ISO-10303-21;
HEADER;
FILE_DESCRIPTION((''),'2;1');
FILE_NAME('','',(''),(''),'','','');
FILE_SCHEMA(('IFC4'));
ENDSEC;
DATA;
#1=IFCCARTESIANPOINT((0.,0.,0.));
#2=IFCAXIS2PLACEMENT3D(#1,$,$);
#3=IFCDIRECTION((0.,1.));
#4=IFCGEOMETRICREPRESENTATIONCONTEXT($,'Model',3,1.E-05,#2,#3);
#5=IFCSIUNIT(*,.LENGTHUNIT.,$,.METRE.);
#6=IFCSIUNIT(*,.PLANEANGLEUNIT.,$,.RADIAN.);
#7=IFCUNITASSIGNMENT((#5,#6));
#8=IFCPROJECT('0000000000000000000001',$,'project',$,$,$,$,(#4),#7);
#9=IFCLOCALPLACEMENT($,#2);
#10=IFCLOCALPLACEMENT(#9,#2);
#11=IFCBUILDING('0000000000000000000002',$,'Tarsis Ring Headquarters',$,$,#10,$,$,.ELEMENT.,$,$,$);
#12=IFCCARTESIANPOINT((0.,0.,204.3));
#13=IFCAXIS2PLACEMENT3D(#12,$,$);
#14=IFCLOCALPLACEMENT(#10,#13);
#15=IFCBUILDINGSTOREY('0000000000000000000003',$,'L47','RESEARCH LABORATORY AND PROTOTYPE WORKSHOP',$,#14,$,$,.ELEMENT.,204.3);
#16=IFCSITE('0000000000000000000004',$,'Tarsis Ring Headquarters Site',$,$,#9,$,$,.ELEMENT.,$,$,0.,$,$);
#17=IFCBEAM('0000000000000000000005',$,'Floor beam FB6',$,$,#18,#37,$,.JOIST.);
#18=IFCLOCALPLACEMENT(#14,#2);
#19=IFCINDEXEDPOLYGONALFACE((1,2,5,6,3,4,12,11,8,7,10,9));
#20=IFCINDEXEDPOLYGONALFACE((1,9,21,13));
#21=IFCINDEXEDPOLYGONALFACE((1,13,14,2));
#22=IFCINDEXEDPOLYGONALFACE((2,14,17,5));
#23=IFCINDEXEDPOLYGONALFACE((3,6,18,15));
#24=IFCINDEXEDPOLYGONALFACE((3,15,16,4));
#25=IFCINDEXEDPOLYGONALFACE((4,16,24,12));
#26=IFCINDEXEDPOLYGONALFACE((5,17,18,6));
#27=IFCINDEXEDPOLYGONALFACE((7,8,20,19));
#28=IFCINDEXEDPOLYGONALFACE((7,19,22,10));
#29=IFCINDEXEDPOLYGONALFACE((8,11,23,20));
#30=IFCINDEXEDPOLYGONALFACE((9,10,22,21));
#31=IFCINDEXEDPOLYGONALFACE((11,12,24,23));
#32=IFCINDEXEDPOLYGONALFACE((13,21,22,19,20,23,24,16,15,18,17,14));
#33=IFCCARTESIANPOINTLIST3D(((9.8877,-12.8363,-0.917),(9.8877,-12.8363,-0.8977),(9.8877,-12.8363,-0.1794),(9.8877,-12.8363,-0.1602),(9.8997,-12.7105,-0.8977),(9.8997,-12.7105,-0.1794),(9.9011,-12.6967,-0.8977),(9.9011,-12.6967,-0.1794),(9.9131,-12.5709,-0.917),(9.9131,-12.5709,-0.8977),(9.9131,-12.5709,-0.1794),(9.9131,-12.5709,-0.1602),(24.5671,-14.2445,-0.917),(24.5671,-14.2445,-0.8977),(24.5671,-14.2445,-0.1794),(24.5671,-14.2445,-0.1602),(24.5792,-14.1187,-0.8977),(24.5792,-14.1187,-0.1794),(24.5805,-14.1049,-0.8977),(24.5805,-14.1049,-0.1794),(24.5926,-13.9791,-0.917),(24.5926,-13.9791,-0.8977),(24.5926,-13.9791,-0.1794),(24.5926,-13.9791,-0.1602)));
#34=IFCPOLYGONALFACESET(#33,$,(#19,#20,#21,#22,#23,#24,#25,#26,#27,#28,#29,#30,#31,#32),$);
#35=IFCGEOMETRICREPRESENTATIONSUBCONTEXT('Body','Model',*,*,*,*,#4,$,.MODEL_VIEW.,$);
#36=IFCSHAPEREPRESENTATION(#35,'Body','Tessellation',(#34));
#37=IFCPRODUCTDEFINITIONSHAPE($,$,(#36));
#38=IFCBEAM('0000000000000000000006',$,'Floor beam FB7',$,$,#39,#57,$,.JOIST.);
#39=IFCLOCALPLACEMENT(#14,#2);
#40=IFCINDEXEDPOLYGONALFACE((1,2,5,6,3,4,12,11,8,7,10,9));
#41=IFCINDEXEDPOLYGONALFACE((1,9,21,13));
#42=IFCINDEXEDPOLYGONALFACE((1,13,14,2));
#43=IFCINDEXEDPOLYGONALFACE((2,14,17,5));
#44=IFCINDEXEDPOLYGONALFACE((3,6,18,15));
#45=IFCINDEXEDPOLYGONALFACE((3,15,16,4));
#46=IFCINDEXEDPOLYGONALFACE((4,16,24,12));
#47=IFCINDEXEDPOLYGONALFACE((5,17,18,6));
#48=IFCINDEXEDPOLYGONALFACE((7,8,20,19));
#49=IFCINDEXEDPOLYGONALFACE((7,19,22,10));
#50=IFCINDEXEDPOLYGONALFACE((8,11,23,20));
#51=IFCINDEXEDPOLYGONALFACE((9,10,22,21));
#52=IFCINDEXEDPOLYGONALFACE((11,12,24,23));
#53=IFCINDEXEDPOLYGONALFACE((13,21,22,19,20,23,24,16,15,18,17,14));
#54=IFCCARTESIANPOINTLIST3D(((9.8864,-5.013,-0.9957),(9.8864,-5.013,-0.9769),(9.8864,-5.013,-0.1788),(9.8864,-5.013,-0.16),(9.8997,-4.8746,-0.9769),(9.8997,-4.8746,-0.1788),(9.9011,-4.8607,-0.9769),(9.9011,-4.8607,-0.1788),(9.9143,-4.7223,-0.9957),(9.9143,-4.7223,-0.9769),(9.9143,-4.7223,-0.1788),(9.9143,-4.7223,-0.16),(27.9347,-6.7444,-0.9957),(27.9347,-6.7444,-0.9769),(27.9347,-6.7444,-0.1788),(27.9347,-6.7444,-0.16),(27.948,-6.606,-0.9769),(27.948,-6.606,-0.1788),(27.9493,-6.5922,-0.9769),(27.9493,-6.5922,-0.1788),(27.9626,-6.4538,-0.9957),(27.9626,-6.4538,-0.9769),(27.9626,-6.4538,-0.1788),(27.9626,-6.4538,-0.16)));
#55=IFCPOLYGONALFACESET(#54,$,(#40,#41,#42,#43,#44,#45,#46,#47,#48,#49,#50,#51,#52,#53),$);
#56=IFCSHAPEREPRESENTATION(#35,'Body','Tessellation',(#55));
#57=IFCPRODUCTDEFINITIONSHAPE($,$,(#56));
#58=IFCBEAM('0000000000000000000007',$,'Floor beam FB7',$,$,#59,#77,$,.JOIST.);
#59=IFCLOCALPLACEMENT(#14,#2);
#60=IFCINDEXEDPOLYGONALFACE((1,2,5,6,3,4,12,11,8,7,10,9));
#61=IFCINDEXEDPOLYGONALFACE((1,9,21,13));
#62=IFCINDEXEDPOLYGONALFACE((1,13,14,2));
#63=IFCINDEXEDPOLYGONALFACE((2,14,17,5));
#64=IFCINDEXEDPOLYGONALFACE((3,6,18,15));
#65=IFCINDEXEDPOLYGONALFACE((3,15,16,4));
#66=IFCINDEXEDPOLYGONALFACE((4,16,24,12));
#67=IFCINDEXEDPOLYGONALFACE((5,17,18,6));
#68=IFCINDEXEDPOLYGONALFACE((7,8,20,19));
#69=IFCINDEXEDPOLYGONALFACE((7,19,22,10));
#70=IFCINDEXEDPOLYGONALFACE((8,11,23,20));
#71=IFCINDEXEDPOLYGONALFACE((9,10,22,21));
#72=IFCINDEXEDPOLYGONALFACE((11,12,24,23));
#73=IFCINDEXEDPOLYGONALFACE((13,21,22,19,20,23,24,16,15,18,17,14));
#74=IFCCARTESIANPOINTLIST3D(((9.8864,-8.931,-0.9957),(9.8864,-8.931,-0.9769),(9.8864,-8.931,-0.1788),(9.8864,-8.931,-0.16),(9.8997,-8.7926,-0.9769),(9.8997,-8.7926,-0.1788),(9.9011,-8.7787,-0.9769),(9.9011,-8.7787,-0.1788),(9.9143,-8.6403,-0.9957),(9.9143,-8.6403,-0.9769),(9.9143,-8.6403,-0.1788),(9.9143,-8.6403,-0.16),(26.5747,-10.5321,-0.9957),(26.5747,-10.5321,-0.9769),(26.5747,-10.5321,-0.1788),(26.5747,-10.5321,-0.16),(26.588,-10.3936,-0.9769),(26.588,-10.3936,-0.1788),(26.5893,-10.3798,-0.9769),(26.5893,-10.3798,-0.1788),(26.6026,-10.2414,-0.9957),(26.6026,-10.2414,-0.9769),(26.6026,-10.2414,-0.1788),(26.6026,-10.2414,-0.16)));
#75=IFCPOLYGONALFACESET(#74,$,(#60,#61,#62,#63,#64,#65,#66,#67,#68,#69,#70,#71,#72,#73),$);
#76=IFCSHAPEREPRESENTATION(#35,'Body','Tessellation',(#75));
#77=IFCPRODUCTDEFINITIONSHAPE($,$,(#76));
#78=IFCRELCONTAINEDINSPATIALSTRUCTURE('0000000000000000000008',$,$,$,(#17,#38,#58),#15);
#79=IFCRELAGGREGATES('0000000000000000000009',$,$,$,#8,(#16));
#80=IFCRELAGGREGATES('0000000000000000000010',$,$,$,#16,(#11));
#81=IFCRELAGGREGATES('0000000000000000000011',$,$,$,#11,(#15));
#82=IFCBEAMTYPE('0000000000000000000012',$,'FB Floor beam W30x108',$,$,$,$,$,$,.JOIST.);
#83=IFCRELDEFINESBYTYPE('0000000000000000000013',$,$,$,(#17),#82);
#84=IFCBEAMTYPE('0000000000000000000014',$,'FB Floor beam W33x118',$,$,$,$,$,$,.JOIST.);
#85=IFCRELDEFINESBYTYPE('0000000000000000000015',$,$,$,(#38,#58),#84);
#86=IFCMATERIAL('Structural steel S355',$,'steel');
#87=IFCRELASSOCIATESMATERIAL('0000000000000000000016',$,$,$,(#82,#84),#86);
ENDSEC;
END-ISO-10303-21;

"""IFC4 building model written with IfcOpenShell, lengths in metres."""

from ifc_helpers import new_model, si_unit, direction, frame, origin, origin_2d, place, context, subcontext, project, spatial, i_section, extrude, material, material_profile, profile_set, type_object, element, save


model = new_model("IFC4")

# Units and contexts
model_context = context("Model", 3, precision=1e-05, world=origin(), true_north=direction((0.0, 1.0)))
body_context = subcontext(model_context, "Body", "Model", "MODEL_VIEW")
ifc_project = project(units=[si_unit("LENGTHUNIT", "METRE"), si_unit("PLANEANGLEUNIT", "RADIAN")], contexts=[model_context])

# Site, building, storey
site_placement = place(None, origin())
site = spatial("IfcSite", under=ifc_project, at=site_placement, Name="Tarsis Ring Headquarters Site", CompositionType="ELEMENT", RefElevation=0.0)
building_placement = place(site_placement, origin())
building = spatial("IfcBuilding", under=site, at=building_placement, Name="Tarsis Ring Headquarters", CompositionType="ELEMENT")
storey_placement = place(building_placement, frame((0.0, 0.0, 204.3)))
storey = spatial("IfcBuildingStorey", under=building, at=storey_placement, Name="L47", Description="RESEARCH LABORATORY AND PROTOTYPE WORKSHOP", CompositionType="ELEMENT", Elevation=204.3)

# Beams
ifc_material_1 = material(Name="Structural steel S355", Category="steel")
ifc_material_profile_1 = material_profile(ifc_material_1, i_section(OverallWidth=0.2666, OverallDepth=0.7568, WebThickness=0.0139, FlangeThickness=0.0193, at=origin_2d()), Name="W30x108")
ifc_profile_set_1 = profile_set([ifc_material_profile_1], Name="Structural steel S355")
beam_type_1 = type_object("IfcBeamType", Name="FB Floor beam W30x108", PredefinedType="JOIST", material=ifc_profile_set_1)
beam_1_placement = place(storey_placement, frame((9.9004, -12.7036, -0.5386), z_axis=(0.99543, -0.095492, 0.0), x_axis=(0.095492, 0.99543, 0.0)))
element("IfcBeam", 1, at=beam_1_placement, inside=storey, type_object=beam_type_1, Name="Floor beam FB6", PredefinedType="JOIST", context=body_context, shape_type="SweptSolid", body=[
    extrude(i_section(OverallWidth=0.2666, OverallDepth=0.7568, WebThickness=0.0139, FlangeThickness=0.0193, at=origin_2d()), origin(), (0.0, 0.0, 1.0), 14.7468),
])
ifc_material_profile_2 = material_profile(ifc_material_1, i_section(OverallWidth=0.292, OverallDepth=0.8357, WebThickness=0.0139, FlangeThickness=0.0188, at=origin_2d()), Name="W33x118")
ifc_profile_set_2 = profile_set([ifc_material_profile_2], Name="Structural steel S355")
beam_type_2 = type_object("IfcBeamType", Name="FB Floor beam W33x118", PredefinedType="JOIST", material=ifc_profile_set_2)
beam_2_placement = place(storey_placement, frame((9.9004, -4.8677, -0.5779), z_axis=(0.99543, -0.095495, 0.0), x_axis=(0.095495, 0.99543, 0.0)))
element("IfcBeam", 2, at=beam_2_placement, inside=storey, type_object=beam_type_2, Name="Floor beam FB7", PredefinedType="JOIST", context=body_context, shape_type="SweptSolid", body=[
    extrude(i_section(OverallWidth=0.292, OverallDepth=0.8357, WebThickness=0.0139, FlangeThickness=0.0188, at=origin_2d()), origin(), (0.0, 0.0, 1.0), 18.1311),
])
beam_3_placement = place(storey_placement, frame((9.9004, -8.7856, -0.5779), z_axis=(0.995429, -0.095502, 0.0), x_axis=(0.095502, 0.995429, 0.0)))
element("IfcBeam", 3, at=beam_3_placement, inside=storey, type_object=beam_type_2, Name="Floor beam FB7", PredefinedType="JOIST", context=body_context, shape_type="SweptSolid", body=[
    extrude(i_section(OverallWidth=0.292, OverallDepth=0.8357, WebThickness=0.0139, FlangeThickness=0.0188, at=origin_2d()), origin(), (0.0, 0.0, 1.0), 16.7649),
])

save(model, "model.ifc")
